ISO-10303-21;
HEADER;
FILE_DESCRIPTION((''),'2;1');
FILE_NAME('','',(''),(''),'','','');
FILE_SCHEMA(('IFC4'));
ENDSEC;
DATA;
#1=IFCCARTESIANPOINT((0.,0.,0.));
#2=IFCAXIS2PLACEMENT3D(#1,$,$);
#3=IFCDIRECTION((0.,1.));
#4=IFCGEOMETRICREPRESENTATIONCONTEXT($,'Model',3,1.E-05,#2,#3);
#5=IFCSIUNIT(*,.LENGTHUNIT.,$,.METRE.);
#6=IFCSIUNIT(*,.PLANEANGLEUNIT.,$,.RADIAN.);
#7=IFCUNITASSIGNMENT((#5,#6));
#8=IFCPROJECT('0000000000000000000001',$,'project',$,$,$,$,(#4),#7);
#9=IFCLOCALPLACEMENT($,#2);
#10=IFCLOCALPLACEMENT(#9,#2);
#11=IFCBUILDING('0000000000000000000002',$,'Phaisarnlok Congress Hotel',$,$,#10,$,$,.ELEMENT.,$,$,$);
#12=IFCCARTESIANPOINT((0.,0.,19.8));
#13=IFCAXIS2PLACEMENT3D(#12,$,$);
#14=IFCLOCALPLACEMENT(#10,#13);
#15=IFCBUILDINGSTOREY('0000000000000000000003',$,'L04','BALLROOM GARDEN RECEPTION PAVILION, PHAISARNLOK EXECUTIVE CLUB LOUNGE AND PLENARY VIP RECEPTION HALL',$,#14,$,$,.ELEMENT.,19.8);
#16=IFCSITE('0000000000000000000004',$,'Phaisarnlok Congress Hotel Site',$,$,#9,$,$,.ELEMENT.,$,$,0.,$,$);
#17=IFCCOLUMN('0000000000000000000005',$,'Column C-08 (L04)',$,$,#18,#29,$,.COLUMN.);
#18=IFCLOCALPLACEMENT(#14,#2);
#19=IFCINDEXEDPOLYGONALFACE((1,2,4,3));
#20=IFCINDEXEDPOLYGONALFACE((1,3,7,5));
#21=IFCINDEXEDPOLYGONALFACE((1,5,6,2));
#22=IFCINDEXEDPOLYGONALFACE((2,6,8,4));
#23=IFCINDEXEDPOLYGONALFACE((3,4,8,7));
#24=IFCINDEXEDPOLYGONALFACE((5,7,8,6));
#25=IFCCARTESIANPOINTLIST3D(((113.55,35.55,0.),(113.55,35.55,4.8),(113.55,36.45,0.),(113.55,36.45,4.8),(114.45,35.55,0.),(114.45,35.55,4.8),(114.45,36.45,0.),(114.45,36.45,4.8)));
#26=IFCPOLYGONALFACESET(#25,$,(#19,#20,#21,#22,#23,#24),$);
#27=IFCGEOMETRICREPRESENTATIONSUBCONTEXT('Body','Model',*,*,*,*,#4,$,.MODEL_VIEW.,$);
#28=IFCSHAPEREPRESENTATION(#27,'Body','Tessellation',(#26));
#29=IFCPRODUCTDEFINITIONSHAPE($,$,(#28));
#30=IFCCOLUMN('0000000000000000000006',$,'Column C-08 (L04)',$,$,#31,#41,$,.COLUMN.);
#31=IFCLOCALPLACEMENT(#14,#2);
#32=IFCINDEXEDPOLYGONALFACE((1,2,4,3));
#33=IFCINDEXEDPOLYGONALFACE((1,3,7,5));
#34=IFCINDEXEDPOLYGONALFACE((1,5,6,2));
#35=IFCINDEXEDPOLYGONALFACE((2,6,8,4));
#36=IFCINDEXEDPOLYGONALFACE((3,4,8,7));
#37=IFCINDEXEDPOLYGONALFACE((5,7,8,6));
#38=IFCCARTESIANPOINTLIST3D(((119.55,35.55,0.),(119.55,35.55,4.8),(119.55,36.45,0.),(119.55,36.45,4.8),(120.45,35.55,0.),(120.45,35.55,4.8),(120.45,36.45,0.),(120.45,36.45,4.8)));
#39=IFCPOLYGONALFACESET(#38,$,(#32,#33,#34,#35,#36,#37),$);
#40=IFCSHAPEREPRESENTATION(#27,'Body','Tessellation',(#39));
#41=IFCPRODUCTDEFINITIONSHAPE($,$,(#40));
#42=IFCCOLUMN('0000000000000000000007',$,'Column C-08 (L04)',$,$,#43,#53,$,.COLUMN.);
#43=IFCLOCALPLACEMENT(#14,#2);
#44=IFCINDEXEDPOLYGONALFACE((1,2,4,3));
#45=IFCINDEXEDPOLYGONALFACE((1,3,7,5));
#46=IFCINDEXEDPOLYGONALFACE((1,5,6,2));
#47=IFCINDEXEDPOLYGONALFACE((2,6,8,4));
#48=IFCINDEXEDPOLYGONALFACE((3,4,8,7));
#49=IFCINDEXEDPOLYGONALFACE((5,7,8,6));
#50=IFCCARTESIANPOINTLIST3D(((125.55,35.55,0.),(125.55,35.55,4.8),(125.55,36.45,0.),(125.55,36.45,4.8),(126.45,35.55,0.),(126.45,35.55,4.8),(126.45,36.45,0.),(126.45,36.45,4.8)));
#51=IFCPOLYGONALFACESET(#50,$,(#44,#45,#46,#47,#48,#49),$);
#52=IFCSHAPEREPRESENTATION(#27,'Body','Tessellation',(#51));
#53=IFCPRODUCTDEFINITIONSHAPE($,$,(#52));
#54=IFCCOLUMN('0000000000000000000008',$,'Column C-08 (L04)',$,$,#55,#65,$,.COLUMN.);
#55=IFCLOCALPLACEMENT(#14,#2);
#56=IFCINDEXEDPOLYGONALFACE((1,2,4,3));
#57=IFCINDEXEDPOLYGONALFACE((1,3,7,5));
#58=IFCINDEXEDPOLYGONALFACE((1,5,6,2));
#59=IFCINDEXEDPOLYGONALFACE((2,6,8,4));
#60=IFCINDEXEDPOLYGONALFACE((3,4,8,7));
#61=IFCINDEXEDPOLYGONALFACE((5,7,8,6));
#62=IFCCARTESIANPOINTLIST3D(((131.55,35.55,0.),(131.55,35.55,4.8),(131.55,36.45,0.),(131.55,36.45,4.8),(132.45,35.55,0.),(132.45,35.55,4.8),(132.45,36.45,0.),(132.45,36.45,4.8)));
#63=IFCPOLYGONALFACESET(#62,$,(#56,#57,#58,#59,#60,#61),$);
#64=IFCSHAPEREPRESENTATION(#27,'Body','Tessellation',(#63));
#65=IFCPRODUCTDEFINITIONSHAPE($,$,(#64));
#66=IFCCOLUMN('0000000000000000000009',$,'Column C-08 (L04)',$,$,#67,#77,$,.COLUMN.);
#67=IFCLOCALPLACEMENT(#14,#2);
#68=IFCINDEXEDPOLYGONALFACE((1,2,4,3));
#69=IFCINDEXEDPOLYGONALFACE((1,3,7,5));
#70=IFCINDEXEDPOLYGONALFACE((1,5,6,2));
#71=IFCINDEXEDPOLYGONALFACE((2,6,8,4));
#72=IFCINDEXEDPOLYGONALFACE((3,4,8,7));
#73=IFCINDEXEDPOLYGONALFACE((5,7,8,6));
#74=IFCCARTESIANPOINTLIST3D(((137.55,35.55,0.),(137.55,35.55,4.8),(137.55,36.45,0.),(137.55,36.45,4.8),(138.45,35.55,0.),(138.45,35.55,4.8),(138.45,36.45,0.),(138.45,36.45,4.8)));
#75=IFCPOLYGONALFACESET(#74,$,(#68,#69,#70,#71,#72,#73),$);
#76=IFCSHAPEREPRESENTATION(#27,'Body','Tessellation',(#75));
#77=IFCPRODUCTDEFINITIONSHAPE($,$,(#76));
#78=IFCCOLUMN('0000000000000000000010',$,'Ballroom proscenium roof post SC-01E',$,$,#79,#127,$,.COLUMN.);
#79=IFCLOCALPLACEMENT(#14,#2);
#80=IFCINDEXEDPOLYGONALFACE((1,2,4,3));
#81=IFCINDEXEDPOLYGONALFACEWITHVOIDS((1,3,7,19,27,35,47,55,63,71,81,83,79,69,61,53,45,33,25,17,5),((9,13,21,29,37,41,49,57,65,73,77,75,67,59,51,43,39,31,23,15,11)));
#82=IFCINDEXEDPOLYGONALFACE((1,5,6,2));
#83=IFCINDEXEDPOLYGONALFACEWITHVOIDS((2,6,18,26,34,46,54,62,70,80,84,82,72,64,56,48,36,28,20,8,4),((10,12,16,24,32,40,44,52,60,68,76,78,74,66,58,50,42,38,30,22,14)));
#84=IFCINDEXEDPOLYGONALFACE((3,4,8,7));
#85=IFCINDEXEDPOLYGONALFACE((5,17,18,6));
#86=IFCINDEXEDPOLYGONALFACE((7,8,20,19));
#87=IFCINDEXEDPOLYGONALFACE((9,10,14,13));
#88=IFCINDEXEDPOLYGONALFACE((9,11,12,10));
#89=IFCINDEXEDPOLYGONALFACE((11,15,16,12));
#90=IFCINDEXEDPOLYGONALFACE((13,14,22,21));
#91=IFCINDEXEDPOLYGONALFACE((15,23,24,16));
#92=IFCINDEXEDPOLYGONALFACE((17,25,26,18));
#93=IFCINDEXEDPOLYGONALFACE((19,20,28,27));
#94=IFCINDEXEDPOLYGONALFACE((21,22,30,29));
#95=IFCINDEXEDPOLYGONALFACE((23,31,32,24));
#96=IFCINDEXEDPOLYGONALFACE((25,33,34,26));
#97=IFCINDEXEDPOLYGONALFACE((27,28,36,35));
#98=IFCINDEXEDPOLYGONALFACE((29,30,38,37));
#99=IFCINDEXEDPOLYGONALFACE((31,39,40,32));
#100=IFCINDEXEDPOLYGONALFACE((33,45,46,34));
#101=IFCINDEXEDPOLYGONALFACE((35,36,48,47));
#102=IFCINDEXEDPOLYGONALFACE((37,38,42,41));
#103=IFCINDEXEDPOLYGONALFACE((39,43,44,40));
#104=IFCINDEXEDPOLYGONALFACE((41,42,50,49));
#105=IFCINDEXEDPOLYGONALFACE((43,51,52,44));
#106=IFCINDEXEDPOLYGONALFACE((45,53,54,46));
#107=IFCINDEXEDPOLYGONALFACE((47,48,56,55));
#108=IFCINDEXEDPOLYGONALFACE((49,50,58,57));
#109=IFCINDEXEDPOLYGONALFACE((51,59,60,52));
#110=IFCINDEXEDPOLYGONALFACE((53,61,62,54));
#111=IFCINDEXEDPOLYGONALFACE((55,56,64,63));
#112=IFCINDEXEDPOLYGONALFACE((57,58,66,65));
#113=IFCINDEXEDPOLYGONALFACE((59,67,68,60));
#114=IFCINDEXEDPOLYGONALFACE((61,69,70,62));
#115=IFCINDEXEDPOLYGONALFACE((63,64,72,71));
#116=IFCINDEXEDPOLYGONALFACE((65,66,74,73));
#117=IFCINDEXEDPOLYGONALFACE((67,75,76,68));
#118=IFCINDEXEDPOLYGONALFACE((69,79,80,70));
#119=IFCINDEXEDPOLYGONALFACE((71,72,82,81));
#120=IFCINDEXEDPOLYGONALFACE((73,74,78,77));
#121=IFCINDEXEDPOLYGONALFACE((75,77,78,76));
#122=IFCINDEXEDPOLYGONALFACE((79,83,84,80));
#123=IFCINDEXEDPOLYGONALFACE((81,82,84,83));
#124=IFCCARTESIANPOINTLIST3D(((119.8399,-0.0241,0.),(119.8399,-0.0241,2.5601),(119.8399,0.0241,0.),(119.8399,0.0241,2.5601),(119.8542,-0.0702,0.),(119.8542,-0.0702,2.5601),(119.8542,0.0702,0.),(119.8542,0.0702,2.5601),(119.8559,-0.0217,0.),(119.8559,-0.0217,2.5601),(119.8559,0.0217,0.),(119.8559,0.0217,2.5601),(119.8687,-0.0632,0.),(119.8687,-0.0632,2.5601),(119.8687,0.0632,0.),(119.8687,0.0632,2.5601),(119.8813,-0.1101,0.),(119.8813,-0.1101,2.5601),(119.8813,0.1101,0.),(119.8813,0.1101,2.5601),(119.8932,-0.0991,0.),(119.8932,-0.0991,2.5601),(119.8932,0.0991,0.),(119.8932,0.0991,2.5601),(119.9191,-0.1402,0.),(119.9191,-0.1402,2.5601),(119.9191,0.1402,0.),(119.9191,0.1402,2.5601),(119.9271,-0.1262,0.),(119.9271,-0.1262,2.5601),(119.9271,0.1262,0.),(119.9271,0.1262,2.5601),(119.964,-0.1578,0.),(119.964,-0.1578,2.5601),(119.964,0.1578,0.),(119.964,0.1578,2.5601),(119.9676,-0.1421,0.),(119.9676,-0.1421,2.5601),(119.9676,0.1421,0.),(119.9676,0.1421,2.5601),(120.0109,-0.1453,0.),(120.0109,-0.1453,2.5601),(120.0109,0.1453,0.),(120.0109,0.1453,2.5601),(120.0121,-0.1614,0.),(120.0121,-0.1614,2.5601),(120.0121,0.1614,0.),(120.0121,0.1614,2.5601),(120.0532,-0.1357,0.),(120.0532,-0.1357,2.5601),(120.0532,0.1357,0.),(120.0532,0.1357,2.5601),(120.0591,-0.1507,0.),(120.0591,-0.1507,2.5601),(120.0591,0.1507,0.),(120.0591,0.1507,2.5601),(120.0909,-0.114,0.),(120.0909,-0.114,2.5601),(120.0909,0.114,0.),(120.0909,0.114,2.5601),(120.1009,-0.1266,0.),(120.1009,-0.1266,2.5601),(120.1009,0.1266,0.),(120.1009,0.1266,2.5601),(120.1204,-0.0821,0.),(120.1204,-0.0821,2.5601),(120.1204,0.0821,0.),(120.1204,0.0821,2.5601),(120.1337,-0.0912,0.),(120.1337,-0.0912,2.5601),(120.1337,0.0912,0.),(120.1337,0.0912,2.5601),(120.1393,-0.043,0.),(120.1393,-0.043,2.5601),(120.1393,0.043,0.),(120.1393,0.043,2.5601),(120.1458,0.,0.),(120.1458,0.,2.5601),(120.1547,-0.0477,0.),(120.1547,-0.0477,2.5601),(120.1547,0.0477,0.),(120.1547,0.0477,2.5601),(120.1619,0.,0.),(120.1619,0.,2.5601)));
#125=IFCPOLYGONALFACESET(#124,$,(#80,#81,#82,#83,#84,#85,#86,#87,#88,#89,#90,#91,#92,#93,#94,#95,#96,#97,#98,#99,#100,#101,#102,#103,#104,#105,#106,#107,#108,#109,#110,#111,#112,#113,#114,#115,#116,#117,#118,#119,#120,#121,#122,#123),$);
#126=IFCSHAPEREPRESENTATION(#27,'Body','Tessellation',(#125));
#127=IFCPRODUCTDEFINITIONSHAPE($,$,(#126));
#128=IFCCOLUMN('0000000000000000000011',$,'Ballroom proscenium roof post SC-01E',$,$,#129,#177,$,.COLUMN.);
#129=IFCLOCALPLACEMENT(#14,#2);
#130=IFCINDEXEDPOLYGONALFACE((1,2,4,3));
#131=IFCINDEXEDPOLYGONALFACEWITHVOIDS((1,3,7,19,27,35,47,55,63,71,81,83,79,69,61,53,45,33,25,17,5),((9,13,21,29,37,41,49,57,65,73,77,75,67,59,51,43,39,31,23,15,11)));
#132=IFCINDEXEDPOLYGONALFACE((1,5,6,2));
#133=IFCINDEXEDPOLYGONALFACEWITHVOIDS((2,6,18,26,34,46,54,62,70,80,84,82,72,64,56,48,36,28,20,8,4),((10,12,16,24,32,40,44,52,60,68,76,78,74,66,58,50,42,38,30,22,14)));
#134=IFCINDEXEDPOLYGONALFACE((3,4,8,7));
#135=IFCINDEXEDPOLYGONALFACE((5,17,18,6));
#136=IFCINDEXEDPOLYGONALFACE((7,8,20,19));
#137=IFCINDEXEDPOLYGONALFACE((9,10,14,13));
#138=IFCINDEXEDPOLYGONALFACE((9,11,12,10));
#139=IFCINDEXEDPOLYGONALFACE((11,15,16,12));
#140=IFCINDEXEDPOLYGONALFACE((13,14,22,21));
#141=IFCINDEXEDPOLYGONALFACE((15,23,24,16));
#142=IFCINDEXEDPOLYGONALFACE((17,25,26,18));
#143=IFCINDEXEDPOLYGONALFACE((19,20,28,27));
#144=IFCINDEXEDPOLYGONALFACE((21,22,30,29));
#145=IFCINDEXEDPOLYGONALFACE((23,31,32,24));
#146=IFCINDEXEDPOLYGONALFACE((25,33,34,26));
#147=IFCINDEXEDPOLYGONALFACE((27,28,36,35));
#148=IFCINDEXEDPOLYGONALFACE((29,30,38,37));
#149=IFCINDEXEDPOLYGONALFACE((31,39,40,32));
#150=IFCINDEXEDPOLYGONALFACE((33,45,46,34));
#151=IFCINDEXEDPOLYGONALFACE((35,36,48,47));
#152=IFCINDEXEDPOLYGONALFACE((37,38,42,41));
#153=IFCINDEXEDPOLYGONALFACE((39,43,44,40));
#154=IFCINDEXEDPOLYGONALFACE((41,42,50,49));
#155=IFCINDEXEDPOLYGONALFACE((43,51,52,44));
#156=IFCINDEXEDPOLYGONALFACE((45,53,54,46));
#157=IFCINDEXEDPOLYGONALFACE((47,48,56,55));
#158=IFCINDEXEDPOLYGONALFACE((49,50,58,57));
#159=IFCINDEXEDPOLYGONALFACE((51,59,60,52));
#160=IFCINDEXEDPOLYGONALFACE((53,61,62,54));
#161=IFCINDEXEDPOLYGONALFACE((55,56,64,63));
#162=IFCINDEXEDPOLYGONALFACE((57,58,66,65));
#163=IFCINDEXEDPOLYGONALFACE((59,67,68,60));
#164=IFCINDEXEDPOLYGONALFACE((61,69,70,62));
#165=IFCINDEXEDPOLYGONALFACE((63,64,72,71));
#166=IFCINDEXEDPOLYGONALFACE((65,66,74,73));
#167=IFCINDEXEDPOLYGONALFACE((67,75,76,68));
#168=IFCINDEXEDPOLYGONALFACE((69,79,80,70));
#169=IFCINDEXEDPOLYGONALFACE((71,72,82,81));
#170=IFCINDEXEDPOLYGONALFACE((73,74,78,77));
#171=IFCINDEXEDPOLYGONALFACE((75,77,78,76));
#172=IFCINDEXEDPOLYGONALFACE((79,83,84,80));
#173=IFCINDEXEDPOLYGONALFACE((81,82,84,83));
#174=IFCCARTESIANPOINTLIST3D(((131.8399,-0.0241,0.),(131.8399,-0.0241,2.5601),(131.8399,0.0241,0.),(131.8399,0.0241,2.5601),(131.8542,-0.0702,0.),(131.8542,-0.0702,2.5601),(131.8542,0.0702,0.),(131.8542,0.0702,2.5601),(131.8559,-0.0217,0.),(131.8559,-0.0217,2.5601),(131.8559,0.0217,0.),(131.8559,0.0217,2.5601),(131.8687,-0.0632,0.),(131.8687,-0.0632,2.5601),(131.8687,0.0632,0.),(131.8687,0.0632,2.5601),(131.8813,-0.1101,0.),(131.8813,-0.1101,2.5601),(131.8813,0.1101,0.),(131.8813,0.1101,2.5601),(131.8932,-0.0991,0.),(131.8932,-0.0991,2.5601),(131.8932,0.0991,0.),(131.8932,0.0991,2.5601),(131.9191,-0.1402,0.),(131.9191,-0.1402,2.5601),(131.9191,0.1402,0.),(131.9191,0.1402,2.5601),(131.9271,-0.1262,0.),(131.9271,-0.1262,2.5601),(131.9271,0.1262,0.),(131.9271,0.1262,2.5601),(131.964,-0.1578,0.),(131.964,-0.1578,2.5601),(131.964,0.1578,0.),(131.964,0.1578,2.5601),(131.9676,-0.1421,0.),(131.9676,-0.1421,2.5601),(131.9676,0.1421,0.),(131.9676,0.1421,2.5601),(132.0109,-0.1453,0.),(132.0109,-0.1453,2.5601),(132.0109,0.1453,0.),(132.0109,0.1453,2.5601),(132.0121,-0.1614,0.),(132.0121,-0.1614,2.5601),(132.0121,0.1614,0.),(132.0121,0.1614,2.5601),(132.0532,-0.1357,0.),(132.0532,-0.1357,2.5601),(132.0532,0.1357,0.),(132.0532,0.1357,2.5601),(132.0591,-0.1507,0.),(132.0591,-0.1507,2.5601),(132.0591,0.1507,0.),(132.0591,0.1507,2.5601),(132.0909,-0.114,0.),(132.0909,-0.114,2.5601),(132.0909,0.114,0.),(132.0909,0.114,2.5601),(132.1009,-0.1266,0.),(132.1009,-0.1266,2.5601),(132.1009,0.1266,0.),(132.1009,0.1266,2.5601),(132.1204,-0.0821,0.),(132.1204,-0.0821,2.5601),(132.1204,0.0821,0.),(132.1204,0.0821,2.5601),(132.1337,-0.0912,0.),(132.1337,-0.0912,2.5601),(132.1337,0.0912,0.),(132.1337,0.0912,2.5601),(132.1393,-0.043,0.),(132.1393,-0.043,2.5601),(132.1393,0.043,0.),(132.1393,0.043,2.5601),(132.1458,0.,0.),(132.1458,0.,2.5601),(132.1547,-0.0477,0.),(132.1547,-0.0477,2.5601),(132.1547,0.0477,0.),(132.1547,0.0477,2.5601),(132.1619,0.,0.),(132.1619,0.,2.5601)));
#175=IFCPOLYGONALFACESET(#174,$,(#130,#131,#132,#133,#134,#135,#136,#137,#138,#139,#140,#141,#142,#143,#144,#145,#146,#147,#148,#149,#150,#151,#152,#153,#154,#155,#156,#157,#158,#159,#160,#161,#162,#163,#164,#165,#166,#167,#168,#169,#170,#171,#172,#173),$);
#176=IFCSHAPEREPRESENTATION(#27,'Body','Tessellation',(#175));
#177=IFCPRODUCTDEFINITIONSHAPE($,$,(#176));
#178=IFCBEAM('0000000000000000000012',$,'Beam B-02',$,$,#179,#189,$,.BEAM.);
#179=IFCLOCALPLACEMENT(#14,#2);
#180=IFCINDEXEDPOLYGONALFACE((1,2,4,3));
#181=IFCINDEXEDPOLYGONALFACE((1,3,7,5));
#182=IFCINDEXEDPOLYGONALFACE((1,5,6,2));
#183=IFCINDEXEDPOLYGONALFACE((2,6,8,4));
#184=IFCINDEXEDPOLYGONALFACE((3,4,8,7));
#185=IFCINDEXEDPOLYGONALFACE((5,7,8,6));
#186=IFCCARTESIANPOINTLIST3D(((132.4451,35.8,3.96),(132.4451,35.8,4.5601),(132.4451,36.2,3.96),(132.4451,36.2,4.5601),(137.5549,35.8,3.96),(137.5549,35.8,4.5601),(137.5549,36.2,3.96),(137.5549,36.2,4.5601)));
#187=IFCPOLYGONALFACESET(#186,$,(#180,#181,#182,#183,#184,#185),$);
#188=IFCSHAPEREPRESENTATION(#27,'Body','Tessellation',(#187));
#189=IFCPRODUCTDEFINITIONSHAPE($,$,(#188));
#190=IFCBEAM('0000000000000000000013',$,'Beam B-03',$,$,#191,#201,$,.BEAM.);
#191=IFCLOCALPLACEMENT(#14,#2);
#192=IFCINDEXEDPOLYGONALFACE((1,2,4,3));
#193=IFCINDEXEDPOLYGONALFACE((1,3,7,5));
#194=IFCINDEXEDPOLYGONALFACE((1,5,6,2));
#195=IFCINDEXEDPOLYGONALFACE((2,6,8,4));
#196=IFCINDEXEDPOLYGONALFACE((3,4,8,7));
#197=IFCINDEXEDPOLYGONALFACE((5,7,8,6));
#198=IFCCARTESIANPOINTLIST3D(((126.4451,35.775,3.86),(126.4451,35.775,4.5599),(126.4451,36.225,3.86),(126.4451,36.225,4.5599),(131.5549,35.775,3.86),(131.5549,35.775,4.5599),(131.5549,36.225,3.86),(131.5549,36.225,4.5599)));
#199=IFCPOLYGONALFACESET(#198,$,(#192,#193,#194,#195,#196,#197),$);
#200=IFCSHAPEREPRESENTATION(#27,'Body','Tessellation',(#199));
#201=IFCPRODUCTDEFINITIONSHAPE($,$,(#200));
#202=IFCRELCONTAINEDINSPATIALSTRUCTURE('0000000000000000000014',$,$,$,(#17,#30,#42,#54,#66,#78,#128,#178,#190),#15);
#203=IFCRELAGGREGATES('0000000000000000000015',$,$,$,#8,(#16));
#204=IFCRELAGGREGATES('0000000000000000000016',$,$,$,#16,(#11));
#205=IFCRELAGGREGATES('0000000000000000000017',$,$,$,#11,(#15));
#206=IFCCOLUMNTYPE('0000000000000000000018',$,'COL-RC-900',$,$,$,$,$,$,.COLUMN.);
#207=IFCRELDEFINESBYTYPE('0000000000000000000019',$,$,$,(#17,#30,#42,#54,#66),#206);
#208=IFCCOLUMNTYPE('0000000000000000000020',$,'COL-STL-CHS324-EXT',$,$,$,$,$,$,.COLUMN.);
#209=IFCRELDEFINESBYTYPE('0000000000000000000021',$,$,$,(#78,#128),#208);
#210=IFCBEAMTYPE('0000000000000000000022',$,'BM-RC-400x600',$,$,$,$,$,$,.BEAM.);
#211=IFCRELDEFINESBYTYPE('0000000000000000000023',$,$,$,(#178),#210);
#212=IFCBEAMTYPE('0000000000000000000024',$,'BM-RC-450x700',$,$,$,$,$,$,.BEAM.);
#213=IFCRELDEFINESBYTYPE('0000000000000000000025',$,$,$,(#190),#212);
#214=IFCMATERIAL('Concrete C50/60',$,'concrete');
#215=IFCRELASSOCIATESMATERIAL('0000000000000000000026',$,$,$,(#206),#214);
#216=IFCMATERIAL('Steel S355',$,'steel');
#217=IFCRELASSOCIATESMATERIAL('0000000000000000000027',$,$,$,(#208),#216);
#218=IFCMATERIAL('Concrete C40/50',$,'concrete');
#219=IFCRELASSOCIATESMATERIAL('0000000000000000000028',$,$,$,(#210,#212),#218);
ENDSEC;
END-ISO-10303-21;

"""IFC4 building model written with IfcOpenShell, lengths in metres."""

from ifc_helpers import new_model, si_unit, direction, frame, origin, origin_2d, place, context, subcontext, project, spatial, rectangle, hollow_circle, extrude, material, material_profile, profile_set, type_object, element, save


model = new_model("IFC4")

# Units and contexts
model_context = context("Model", 3, precision=1e-05, world=origin(), true_north=direction((0.0, 1.0)))
body_context = subcontext(model_context, "Body", "Model", "MODEL_VIEW")
ifc_project = project(units=[si_unit("LENGTHUNIT", "METRE"), si_unit("PLANEANGLEUNIT", "RADIAN")], contexts=[model_context])

# Site, building, storey
site_placement = place(None, origin())
site = spatial("IfcSite", under=ifc_project, at=site_placement, Name="Phaisarnlok Congress Hotel Site", CompositionType="ELEMENT", RefElevation=0.0)
building_placement = place(site_placement, origin())
building = spatial("IfcBuilding", under=site, at=building_placement, Name="Phaisarnlok Congress Hotel", CompositionType="ELEMENT")
storey_placement = place(building_placement, frame((0.0, 0.0, 19.8)))
storey = spatial("IfcBuildingStorey", under=building, at=storey_placement, Name="L04", Description="BALLROOM GARDEN RECEPTION PAVILION, PHAISARNLOK EXECUTIVE CLUB LOUNGE AND PLENARY VIP RECEPTION HALL", CompositionType="ELEMENT", Elevation=19.8)

# Columns
ifc_material_1 = material(Name="Concrete C50/60", Category="concrete")
ifc_material_profile_1 = material_profile(ifc_material_1, rectangle(XDim=0.8999, YDim=0.8999, at=origin_2d()), Name="RC 900x900")
ifc_profile_set_1 = profile_set([ifc_material_profile_1], Name="Concrete C50/60")
column_type_1 = type_object("IfcColumnType", Name="COL-RC-900", PredefinedType="COLUMN", material=ifc_profile_set_1)
for number, where, z_axis, x_axis, name in (
    (1, (114.0, 36.0, 0.0), (0.0, 0.0, 1.0), (1.0, 0.0, 0.0), "Column C-08 (L04)"),
    (2, (120.0, 36.0, 0.0), (0.0, 0.0, 1.0), (1.0, 0.0, 0.0), "Column C-08 (L04)"),
    (3, (126.0, 36.0, 0.0), (0.0, 0.0, 1.0), (1.0, 0.0, 0.0), "Column C-08 (L04)"),
    (4, (132.0, 36.0, 0.0), (0.0, 0.0, 1.0), (1.0, 0.0, 0.0), "Column C-08 (L04)"),
    (5, (138.0, 36.0, 0.0), (0.0, 0.0, 1.0), (1.0, 0.0, 0.0), "Column C-08 (L04)"),
):
    element("IfcColumn", number, at=place(storey_placement, frame(where, z_axis=z_axis, x_axis=x_axis)), inside=storey, type_object=column_type_1, Name=name, PredefinedType="COLUMN", context=body_context, shape_type="SweptSolid", body=[
        extrude(rectangle(XDim=0.8999, YDim=0.8999, at=origin_2d()), origin(), (0.0, 0.0, 1.0), 4.8),
    ])
ifc_material_2 = material(Name="Steel S355", Category="steel")
ifc_material_profile_2 = material_profile(ifc_material_2, hollow_circle(Radius=0.1619, WallThickness=0.0161, at=origin_2d()), Name="CHS 323.9x16")
ifc_profile_set_2 = profile_set([ifc_material_profile_2], Name="Steel S355")
column_type_2 = type_object("IfcColumnType", Name="COL-STL-CHS324-EXT", PredefinedType="COLUMN", material=ifc_profile_set_2)
for number, where, z_axis, x_axis, name in (
    (6, (120.0, 0.0, 0.0), (0.0, 0.0, 1.0), (1.0, 0.0, 0.0), "Ballroom proscenium roof post SC-01E"),
    (7, (132.0, 0.0, 0.0), (0.0, 0.0, 1.0), (1.0, 0.0, 0.0), "Ballroom proscenium roof post SC-01E"),
):
    element("IfcColumn", number, at=place(storey_placement, frame(where, z_axis=z_axis, x_axis=x_axis)), inside=storey, type_object=column_type_2, Name=name, PredefinedType="COLUMN", context=body_context, shape_type="SweptSolid", body=[
        extrude(hollow_circle(Radius=0.1619, WallThickness=0.0161, at=origin_2d()), origin(), (0.0, 0.0, 1.0), 2.5601),
    ])

# Beams
ifc_material_3 = material(Name="Concrete C40/50", Category="concrete")
ifc_material_profile_3 = material_profile(ifc_material_3, rectangle(XDim=0.3999, YDim=0.6001, at=origin_2d()), Name="RC 400x600")
ifc_profile_set_3 = profile_set([ifc_material_profile_3], Name="Concrete C40/50")
beam_type_1 = type_object("IfcBeamType", Name="BM-RC-400x600", PredefinedType="BEAM", material=ifc_profile_set_3)
beam_1_placement = place(storey_placement, frame((132.4451, 36.0, 4.26), z_axis=(1.0, 0.0, 0.0), x_axis=(0.0, 1.0, 0.0)))
element("IfcBeam", 8, at=beam_1_placement, inside=storey, type_object=beam_type_1, Name="Beam B-02", PredefinedType="BEAM", context=body_context, shape_type="SweptSolid", body=[
    extrude(rectangle(XDim=0.3999, YDim=0.6001, at=origin_2d()), origin(), (0.0, 0.0, 1.0), 5.1099),
])
ifc_material_profile_4 = material_profile(ifc_material_3, rectangle(XDim=0.45, YDim=0.7, at=origin_2d()), Name="RC 450x700")
ifc_profile_set_4 = profile_set([ifc_material_profile_4], Name="Concrete C40/50")
beam_type_2 = type_object("IfcBeamType", Name="BM-RC-450x700", PredefinedType="BEAM", material=ifc_profile_set_4)
beam_2_placement = place(storey_placement, frame((126.4451, 36.0, 4.21), z_axis=(1.0, 0.0, 0.0), x_axis=(0.0, 1.0, 0.0)))
element("IfcBeam", 9, at=beam_2_placement, inside=storey, type_object=beam_type_2, Name="Beam B-03", PredefinedType="BEAM", context=body_context, shape_type="SweptSolid", body=[
    extrude(rectangle(XDim=0.45, YDim=0.7, at=origin_2d()), origin(), (0.0, 0.0, 1.0), 5.1099),
])

save(model, "model.ifc")
